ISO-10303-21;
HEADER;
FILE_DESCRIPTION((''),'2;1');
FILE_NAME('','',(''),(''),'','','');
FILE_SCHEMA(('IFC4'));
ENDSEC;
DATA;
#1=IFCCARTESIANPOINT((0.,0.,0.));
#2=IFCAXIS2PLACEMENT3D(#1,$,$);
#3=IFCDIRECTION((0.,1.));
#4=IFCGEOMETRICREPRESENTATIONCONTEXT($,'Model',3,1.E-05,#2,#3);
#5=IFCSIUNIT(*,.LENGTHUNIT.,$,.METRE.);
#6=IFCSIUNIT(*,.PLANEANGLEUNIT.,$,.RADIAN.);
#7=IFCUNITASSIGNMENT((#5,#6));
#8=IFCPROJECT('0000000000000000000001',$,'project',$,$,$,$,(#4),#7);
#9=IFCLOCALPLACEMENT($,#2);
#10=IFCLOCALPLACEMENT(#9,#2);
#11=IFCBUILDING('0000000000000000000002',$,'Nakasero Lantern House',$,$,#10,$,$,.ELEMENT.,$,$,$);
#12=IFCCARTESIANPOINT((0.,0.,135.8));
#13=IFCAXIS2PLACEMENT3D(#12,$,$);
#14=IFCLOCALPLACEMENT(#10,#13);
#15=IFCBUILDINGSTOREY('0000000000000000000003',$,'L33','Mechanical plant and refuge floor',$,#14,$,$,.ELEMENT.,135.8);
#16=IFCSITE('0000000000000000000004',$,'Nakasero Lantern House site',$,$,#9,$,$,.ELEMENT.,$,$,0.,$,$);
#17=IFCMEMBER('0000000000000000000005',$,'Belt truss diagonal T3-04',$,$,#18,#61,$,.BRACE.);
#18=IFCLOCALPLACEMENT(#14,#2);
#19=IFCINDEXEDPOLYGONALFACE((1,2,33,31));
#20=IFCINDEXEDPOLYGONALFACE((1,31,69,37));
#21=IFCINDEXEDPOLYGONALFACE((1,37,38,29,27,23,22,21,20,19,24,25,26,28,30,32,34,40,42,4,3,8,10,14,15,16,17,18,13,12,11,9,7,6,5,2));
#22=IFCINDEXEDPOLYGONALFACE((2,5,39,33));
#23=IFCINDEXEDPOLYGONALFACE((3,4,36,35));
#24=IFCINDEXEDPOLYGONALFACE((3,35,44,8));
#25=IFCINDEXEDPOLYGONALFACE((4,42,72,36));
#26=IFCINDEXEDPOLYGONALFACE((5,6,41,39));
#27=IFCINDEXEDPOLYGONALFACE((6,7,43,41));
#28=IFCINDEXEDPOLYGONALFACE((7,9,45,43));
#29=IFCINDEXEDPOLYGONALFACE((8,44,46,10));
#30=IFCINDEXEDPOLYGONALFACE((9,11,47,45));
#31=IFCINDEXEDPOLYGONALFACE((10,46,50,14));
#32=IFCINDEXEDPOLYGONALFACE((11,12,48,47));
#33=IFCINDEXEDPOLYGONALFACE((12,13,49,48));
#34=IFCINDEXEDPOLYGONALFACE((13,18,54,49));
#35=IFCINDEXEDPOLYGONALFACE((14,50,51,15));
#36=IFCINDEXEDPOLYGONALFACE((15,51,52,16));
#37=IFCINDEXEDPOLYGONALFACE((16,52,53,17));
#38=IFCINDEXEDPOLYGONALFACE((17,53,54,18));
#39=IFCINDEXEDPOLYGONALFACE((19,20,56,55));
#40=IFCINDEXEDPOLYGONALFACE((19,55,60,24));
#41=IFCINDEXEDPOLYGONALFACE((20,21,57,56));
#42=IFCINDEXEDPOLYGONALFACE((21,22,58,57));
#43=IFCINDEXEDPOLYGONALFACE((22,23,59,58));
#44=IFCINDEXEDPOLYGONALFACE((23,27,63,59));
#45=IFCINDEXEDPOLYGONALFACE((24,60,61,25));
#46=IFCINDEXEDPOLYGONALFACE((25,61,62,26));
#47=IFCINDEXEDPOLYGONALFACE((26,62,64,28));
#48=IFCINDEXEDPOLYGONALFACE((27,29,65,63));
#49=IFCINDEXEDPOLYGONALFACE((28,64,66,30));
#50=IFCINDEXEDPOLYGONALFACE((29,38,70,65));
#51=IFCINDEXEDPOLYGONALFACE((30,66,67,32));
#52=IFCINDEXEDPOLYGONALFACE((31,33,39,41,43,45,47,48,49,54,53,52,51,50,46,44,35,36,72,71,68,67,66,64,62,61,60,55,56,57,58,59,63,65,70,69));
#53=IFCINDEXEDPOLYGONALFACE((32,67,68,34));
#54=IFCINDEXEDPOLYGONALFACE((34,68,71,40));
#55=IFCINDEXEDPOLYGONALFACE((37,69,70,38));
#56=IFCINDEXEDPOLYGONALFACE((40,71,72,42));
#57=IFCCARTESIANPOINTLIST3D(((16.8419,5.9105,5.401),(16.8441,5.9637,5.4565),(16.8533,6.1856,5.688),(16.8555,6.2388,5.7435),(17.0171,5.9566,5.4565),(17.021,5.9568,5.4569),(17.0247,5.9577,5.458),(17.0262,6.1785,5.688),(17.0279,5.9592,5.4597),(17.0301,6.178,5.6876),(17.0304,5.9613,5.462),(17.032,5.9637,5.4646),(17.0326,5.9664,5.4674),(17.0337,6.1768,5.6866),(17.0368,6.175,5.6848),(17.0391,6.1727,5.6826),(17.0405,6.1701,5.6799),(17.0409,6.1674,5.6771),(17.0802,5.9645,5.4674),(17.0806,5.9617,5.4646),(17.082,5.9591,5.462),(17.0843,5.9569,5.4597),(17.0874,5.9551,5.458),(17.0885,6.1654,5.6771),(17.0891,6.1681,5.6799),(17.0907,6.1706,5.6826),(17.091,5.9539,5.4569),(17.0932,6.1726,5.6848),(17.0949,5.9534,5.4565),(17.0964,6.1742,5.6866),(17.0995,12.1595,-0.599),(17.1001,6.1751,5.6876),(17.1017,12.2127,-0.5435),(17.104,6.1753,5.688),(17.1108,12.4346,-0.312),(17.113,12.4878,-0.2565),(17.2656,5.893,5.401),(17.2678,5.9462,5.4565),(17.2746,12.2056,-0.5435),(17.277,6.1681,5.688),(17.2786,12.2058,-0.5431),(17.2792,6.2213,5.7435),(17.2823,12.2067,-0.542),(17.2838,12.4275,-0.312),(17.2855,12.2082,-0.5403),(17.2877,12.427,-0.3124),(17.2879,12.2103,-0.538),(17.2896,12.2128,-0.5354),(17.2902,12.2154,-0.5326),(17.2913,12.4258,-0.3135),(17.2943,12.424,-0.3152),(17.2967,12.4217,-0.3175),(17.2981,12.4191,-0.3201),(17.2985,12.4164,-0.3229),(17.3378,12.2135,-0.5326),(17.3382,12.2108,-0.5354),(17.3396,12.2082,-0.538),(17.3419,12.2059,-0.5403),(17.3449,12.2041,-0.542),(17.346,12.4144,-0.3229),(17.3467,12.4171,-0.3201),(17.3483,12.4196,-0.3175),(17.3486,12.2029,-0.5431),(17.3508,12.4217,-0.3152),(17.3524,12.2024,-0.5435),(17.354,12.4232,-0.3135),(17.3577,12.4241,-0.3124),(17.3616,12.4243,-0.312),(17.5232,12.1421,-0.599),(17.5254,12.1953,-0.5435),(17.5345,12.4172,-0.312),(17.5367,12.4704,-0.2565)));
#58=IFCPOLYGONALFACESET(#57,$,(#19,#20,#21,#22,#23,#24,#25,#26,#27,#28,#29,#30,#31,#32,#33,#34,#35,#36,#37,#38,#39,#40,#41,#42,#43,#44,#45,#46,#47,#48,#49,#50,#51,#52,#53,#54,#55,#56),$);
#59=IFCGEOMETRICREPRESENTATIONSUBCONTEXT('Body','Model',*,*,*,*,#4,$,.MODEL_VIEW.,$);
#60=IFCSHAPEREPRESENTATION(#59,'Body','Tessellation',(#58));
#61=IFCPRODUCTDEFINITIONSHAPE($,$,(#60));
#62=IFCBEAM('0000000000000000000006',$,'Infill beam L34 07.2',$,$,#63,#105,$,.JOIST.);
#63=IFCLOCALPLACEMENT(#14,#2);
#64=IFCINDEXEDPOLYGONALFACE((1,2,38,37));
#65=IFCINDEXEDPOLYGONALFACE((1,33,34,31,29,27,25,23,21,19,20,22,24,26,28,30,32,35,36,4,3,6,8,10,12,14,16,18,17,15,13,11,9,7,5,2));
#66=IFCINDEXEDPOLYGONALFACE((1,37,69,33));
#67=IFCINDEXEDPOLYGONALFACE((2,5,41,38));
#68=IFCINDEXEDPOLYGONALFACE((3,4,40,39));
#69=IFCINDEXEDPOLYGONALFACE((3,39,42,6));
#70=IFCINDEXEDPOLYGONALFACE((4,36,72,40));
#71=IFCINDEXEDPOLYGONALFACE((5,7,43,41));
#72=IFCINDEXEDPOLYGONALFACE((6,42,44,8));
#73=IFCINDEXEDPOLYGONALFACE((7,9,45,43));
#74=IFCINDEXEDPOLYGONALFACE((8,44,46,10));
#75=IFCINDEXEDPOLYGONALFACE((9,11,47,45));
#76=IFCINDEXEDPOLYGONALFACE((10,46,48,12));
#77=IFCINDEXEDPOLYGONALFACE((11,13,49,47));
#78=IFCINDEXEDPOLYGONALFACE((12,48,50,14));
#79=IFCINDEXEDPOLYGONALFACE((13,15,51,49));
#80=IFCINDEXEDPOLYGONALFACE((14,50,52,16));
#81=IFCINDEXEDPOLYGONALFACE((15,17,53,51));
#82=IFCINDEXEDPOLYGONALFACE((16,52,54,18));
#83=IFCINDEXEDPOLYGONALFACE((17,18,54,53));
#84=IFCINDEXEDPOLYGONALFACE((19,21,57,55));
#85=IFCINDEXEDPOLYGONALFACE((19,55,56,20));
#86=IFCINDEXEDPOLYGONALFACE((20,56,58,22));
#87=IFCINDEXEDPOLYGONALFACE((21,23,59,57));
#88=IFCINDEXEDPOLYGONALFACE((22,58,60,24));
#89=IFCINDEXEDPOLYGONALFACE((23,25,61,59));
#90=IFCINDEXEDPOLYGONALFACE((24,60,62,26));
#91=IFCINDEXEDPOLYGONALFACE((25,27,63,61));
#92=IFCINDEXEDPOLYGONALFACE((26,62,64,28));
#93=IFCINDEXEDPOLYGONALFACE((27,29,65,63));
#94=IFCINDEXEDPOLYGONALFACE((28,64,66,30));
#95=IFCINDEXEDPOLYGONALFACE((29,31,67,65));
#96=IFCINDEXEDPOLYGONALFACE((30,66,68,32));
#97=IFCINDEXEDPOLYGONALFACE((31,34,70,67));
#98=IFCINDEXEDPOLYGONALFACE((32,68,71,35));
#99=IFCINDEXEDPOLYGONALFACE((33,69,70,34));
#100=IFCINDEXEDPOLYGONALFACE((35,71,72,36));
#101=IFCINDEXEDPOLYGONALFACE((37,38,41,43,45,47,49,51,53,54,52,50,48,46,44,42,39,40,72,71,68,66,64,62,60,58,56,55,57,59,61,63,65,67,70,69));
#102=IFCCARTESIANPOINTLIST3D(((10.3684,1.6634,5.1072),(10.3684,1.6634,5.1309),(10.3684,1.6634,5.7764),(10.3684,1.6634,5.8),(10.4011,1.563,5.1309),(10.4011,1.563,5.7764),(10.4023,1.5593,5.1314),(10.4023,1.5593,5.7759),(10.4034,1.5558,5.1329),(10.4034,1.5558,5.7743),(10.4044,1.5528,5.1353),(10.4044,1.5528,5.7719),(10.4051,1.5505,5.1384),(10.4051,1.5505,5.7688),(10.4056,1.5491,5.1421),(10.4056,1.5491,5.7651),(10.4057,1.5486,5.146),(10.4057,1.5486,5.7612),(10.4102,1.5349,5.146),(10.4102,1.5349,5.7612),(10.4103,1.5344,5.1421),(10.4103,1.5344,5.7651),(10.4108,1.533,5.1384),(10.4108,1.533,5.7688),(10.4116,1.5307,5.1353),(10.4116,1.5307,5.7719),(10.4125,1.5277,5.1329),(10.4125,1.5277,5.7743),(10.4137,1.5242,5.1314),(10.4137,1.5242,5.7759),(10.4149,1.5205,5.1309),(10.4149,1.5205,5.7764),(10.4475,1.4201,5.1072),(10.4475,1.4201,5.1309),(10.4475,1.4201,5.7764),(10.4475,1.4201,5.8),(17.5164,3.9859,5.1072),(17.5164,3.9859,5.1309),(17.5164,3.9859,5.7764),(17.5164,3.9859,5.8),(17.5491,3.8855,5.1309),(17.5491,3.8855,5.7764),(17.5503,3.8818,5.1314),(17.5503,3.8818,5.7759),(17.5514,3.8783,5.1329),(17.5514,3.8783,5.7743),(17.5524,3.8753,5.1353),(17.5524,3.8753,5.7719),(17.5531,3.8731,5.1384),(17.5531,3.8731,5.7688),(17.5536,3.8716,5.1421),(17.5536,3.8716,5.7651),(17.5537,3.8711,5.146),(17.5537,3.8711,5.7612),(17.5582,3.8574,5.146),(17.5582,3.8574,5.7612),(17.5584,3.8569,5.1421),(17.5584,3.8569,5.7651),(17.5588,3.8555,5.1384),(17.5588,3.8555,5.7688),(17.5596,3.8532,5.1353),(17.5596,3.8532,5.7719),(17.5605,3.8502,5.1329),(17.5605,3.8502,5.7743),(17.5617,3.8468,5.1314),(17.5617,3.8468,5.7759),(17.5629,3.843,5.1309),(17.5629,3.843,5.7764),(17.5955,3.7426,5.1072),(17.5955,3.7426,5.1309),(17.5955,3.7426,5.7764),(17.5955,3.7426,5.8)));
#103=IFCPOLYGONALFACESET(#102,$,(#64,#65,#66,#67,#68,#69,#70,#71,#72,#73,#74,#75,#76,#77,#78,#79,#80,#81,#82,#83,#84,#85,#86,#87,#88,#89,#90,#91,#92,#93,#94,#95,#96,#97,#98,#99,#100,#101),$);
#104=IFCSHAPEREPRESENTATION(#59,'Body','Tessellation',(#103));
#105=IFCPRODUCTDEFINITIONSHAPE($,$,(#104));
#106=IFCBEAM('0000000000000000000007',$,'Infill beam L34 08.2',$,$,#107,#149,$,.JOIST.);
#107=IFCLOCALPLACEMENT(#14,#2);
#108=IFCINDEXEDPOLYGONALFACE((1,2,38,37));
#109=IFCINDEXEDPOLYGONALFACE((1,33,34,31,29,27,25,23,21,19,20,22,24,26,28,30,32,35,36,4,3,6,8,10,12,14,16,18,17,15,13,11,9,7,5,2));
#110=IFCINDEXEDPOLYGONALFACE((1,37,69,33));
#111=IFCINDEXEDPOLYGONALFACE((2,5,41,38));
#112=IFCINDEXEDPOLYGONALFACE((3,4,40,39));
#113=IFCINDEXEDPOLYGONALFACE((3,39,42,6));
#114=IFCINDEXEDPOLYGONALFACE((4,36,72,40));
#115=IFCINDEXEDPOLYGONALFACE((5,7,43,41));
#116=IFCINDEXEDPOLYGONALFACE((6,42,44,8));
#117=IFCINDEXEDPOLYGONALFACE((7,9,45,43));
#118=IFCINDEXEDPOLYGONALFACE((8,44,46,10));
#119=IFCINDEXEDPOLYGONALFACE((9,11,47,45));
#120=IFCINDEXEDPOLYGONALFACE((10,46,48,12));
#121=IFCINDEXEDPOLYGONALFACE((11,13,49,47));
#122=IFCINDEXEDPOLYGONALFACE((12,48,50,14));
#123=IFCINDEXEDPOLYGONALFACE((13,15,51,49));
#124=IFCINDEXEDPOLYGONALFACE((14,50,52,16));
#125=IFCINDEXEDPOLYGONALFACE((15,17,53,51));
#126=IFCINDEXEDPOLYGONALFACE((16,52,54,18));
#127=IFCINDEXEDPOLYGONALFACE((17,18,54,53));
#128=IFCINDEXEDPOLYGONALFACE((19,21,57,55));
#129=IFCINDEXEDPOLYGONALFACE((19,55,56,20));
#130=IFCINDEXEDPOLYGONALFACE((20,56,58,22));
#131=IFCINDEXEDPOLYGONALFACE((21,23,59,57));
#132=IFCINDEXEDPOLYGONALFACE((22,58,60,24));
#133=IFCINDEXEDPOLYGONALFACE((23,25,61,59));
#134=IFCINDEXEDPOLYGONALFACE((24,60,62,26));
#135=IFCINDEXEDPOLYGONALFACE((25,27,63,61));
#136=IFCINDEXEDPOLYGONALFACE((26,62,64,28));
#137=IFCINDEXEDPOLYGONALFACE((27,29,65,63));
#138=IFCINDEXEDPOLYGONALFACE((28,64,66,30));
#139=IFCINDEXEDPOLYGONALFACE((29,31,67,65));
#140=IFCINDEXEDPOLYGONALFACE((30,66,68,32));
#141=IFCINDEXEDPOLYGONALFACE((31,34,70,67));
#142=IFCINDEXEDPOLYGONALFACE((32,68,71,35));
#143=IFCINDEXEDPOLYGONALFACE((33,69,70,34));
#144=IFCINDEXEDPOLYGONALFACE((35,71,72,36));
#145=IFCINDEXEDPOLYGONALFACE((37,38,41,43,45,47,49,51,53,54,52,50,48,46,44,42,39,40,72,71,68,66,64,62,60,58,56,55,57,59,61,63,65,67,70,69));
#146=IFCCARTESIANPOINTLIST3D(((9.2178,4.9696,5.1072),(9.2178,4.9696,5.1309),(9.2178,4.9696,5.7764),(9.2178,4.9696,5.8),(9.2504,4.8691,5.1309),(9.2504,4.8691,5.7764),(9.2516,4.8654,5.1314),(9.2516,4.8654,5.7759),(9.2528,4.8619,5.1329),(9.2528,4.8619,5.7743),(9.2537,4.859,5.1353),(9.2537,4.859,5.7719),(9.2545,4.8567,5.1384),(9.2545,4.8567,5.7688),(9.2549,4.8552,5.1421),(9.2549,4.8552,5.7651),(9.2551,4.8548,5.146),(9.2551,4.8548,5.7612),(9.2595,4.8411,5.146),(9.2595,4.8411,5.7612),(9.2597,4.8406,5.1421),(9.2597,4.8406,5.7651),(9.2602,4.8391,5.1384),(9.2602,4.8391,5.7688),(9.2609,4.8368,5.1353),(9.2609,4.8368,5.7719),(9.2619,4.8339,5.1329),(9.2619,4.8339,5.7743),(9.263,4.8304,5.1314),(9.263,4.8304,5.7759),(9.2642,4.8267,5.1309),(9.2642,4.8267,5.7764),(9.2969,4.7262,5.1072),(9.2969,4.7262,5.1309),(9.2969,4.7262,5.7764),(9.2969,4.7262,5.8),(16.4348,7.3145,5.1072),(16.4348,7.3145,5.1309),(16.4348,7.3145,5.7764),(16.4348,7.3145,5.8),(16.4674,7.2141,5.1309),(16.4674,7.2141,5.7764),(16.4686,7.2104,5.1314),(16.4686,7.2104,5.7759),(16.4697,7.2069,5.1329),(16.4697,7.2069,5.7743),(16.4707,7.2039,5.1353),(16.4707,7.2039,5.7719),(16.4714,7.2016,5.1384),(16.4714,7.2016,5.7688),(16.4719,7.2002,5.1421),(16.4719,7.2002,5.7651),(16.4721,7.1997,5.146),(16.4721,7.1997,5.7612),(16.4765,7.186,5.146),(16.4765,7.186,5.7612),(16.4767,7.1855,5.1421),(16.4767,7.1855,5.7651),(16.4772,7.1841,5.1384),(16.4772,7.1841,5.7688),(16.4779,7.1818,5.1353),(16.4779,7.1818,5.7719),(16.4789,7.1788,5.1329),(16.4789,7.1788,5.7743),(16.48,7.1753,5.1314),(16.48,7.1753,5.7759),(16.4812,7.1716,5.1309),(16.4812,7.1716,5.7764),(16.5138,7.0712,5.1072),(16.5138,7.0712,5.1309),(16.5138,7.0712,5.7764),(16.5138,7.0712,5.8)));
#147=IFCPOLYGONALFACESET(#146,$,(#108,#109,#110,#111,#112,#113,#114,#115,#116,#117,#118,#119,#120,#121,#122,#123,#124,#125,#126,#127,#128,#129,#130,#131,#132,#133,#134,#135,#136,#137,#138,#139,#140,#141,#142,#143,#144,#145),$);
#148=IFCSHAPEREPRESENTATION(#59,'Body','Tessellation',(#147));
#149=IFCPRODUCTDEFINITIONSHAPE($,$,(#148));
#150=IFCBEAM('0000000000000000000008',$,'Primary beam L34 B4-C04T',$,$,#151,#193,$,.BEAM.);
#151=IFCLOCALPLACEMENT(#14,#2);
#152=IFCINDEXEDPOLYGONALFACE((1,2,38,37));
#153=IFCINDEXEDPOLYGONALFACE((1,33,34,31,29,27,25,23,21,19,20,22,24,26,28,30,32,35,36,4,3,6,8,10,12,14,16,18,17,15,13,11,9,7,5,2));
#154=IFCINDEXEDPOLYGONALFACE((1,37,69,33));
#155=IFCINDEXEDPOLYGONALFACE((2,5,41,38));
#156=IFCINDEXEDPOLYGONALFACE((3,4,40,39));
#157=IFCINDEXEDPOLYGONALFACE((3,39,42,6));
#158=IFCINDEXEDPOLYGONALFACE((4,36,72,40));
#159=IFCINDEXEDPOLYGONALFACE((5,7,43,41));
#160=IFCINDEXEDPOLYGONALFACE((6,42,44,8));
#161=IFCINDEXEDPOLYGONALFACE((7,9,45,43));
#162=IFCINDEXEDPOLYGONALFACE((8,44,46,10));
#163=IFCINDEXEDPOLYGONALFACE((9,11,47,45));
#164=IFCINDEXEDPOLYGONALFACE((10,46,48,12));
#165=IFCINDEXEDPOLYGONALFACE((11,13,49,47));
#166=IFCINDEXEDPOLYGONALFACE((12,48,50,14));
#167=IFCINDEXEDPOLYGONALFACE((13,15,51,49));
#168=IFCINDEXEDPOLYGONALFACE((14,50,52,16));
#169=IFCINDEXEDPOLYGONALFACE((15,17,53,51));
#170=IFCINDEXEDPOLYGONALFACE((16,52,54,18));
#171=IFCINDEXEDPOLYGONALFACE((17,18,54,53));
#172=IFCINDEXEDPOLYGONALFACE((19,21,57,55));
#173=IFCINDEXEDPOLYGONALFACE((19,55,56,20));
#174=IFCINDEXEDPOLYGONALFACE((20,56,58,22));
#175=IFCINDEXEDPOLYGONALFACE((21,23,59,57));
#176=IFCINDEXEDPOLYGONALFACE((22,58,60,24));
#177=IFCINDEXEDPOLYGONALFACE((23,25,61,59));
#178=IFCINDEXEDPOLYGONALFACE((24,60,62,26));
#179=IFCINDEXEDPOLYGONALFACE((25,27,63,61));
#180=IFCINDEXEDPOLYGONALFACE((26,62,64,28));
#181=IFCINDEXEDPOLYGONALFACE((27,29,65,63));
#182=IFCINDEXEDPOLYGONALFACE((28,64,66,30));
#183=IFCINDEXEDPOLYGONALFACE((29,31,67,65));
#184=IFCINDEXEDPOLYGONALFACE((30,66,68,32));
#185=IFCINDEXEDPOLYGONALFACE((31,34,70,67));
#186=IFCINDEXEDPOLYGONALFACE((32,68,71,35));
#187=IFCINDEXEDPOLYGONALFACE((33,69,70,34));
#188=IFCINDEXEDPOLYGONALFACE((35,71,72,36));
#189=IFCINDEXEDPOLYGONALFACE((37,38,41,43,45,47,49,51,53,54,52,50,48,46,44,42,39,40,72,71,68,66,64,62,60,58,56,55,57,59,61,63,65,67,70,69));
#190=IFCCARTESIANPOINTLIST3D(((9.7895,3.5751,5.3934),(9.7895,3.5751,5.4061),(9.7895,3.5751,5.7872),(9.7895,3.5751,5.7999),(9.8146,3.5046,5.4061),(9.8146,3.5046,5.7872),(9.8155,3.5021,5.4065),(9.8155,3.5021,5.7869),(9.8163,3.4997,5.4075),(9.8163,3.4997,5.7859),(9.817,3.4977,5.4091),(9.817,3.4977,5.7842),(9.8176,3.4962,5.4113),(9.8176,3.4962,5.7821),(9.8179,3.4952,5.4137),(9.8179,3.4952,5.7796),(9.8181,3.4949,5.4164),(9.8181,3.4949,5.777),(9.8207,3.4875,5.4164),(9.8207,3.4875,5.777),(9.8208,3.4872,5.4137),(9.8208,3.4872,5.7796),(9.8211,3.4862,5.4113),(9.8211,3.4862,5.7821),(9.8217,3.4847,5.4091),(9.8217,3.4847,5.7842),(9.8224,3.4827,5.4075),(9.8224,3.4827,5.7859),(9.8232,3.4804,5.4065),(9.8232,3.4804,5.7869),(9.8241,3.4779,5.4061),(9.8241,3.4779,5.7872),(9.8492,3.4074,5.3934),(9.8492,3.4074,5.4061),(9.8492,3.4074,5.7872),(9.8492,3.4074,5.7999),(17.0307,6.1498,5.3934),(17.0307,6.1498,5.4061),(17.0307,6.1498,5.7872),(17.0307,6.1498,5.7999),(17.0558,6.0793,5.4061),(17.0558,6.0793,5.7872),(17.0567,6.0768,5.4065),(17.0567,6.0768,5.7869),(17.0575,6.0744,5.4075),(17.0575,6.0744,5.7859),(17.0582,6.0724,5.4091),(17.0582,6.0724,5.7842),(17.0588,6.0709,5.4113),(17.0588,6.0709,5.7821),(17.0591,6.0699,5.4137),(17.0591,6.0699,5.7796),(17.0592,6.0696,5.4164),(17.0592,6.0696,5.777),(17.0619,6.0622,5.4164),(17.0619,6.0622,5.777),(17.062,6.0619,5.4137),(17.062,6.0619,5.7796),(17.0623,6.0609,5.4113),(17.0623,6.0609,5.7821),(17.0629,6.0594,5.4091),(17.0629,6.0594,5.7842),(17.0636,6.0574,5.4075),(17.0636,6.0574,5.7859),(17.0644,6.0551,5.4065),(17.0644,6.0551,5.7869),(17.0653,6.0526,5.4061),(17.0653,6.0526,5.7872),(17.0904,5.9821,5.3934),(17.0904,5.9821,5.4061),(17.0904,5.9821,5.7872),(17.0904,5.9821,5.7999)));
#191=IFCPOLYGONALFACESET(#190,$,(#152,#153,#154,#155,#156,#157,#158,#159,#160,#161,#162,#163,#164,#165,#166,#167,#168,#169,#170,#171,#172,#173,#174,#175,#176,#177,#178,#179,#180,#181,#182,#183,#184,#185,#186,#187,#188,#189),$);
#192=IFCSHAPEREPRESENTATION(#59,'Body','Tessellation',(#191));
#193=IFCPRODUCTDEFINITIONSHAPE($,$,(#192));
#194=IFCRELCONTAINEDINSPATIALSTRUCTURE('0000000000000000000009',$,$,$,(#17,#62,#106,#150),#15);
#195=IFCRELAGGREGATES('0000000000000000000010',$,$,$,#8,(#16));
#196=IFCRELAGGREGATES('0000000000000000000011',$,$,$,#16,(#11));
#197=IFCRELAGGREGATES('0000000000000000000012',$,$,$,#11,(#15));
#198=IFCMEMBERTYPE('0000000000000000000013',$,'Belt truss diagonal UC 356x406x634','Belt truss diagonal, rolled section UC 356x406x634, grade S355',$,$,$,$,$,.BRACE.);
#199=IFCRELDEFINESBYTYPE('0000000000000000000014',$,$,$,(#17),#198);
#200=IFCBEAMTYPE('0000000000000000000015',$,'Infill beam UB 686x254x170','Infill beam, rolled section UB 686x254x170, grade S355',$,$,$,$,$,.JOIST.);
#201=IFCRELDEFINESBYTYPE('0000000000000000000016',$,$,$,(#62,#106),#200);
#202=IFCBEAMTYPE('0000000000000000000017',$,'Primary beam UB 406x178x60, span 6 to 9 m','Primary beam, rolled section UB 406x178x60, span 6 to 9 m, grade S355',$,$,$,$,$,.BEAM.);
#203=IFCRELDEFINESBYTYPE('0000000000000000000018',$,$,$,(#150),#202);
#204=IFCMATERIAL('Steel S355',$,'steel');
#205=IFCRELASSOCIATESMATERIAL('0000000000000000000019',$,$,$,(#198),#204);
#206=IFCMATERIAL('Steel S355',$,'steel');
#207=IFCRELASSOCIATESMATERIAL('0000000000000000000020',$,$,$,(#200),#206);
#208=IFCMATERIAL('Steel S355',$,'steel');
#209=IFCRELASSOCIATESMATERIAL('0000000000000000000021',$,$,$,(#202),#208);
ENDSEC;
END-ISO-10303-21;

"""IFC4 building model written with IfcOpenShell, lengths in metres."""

from ifc_helpers import new_model, si_unit, direction, frame, origin, origin_2d, place, context, subcontext, project, spatial, i_section, extrude, material, material_profile, profile_set, type_object, element, save


model = new_model("IFC4")

# Units and contexts
model_context = context("Model", 3, precision=1e-05, world=origin(), true_north=direction((0.0, 1.0)))
body_context = subcontext(model_context, "Body", "Model", "MODEL_VIEW")
ifc_project = project(units=[si_unit("LENGTHUNIT", "METRE"), si_unit("PLANEANGLEUNIT", "RADIAN")], contexts=[model_context])

# Site, building, storey
site_placement = place(None, origin())
site = spatial("IfcSite", under=ifc_project, at=site_placement, Name="Nakasero Lantern House site", CompositionType="ELEMENT", RefElevation=0.0)
building_placement = place(site_placement, origin())
building = spatial("IfcBuilding", under=site, at=building_placement, Name="Nakasero Lantern House", CompositionType="ELEMENT")
storey_placement = place(building_placement, frame((0.0, 0.0, 135.8)))
storey = spatial("IfcBuildingStorey", under=building, at=storey_placement, Name="L33", Description="Mechanical plant and refuge floor", CompositionType="ELEMENT", Elevation=135.8)

# Member
ifc_material_1 = material(Name="Steel S355", Category="steel")
ifc_material_profile_1 = material_profile(ifc_material_1, i_section(OverallWidth=0.4241, OverallDepth=0.4746, WebThickness=0.0476, FlangeThickness=0.0769, FilletRadius=0.0151, at=origin_2d()), Name="UC 356x406x634")
ifc_profile_set_1 = profile_set([ifc_material_profile_1], Name="Steel S355")
member_type_1 = type_object("IfcMemberType", Name="Belt truss diagonal UC 356x406x634", Description="Belt truss diagonal, rolled section UC 356x406x634, grade S355", PredefinedType="BRACE", material=ifc_profile_set_1)
member_1_placement = place(storey_placement, frame((17.0605, 6.0659, 5.5723), z_axis=(0.029718, 0.721015, -0.692282), x_axis=(-0.999152, 0.041182, 0.0)))
element("IfcMember", 1, at=member_1_placement, inside=storey, type_object=member_type_1, Name="Belt truss diagonal T3-04", PredefinedType="BRACE", context=body_context, shape_type="SweptSolid", body=[
    extrude(i_section(OverallWidth=0.4241, OverallDepth=0.4746, WebThickness=0.0476, FlangeThickness=0.0769, FilletRadius=0.0151, at=origin_2d()), origin(), (0.0, 0.0, 1.0), 8.667),
])

# Beams
ifc_material_2 = material(Name="Steel S355", Category="steel")
ifc_material_profile_2 = material_profile(ifc_material_2, i_section(OverallWidth=0.2559, OverallDepth=0.6929, WebThickness=0.0144, FlangeThickness=0.0237, FilletRadius=0.0151, at=origin_2d()), Name="UB 686x254x170")
ifc_profile_set_2 = profile_set([ifc_material_profile_2], Name="Steel S355")
beam_type_1 = type_object("IfcBeamType", Name="Infill beam UB 686x254x170", Description="Infill beam, rolled section UB 686x254x170, grade S355", PredefinedType="JOIST", material=ifc_profile_set_2)
beam_1_placement = place(storey_placement, frame((10.408, 1.5417, 5.4536), z_axis=(0.951057, 0.309017, 0.0), x_axis=(-0.309017, 0.951057, 0.0)))
element("IfcBeam", 2, at=beam_1_placement, inside=storey, type_object=beam_type_1, Name="Infill beam L34 07.2", PredefinedType="JOIST", context=body_context, shape_type="SweptSolid", body=[
    extrude(i_section(OverallWidth=0.2559, OverallDepth=0.6929, WebThickness=0.0144, FlangeThickness=0.0237, FilletRadius=0.0151, at=origin_2d()), origin(), (0.0, 0.0, 1.0), 7.5159),
])
beam_2_placement = place(storey_placement, frame((9.2573, 4.8479, 5.4536), z_axis=(0.951056, 0.309018, 0.0), x_axis=(-0.309018, 0.951056, 0.0)))
element("IfcBeam", 3, at=beam_2_placement, inside=storey, type_object=beam_type_1, Name="Infill beam L34 08.2", PredefinedType="JOIST", context=body_context, shape_type="SweptSolid", body=[
    extrude(i_section(OverallWidth=0.2559, OverallDepth=0.6929, WebThickness=0.0144, FlangeThickness=0.0237, FilletRadius=0.0151, at=origin_2d()), origin(), (0.0, 0.0, 1.0), 7.5884),
])
ifc_material_3 = material(Name="Steel S355", Category="steel")
ifc_material_profile_3 = material_profile(ifc_material_3, i_section(OverallWidth=0.178, OverallDepth=0.4065, WebThickness=0.0078, FlangeThickness=0.0127, FilletRadius=0.0103, at=origin_2d()), Name="UB 406x178x60")
ifc_profile_set_3 = profile_set([ifc_material_profile_3], Name="Steel S355")
beam_type_2 = type_object("IfcBeamType", Name="Primary beam UB 406x178x60, span 6 to 9 m", Description="Primary beam, rolled section UB 406x178x60, span 6 to 9 m, grade S355", PredefinedType="BEAM", material=ifc_profile_set_3)
beam_3_placement = place(storey_placement, frame((17.0605, 6.0659, 5.5967), z_axis=(-0.942212, -0.335016, 0.0), x_axis=(0.335016, -0.942212, 0.0)))
element("IfcBeam", 4, at=beam_3_placement, inside=storey, type_object=beam_type_2, Name="Primary beam L34 B4-C04T", PredefinedType="BEAM", context=body_context, shape_type="SweptSolid", body=[
    extrude(i_section(OverallWidth=0.178, OverallDepth=0.4065, WebThickness=0.0078, FlangeThickness=0.0127, FilletRadius=0.0103, at=origin_2d()), origin(), (0.0, 0.0, 1.0), 7.6853),
])

save(model, "model.ifc")
